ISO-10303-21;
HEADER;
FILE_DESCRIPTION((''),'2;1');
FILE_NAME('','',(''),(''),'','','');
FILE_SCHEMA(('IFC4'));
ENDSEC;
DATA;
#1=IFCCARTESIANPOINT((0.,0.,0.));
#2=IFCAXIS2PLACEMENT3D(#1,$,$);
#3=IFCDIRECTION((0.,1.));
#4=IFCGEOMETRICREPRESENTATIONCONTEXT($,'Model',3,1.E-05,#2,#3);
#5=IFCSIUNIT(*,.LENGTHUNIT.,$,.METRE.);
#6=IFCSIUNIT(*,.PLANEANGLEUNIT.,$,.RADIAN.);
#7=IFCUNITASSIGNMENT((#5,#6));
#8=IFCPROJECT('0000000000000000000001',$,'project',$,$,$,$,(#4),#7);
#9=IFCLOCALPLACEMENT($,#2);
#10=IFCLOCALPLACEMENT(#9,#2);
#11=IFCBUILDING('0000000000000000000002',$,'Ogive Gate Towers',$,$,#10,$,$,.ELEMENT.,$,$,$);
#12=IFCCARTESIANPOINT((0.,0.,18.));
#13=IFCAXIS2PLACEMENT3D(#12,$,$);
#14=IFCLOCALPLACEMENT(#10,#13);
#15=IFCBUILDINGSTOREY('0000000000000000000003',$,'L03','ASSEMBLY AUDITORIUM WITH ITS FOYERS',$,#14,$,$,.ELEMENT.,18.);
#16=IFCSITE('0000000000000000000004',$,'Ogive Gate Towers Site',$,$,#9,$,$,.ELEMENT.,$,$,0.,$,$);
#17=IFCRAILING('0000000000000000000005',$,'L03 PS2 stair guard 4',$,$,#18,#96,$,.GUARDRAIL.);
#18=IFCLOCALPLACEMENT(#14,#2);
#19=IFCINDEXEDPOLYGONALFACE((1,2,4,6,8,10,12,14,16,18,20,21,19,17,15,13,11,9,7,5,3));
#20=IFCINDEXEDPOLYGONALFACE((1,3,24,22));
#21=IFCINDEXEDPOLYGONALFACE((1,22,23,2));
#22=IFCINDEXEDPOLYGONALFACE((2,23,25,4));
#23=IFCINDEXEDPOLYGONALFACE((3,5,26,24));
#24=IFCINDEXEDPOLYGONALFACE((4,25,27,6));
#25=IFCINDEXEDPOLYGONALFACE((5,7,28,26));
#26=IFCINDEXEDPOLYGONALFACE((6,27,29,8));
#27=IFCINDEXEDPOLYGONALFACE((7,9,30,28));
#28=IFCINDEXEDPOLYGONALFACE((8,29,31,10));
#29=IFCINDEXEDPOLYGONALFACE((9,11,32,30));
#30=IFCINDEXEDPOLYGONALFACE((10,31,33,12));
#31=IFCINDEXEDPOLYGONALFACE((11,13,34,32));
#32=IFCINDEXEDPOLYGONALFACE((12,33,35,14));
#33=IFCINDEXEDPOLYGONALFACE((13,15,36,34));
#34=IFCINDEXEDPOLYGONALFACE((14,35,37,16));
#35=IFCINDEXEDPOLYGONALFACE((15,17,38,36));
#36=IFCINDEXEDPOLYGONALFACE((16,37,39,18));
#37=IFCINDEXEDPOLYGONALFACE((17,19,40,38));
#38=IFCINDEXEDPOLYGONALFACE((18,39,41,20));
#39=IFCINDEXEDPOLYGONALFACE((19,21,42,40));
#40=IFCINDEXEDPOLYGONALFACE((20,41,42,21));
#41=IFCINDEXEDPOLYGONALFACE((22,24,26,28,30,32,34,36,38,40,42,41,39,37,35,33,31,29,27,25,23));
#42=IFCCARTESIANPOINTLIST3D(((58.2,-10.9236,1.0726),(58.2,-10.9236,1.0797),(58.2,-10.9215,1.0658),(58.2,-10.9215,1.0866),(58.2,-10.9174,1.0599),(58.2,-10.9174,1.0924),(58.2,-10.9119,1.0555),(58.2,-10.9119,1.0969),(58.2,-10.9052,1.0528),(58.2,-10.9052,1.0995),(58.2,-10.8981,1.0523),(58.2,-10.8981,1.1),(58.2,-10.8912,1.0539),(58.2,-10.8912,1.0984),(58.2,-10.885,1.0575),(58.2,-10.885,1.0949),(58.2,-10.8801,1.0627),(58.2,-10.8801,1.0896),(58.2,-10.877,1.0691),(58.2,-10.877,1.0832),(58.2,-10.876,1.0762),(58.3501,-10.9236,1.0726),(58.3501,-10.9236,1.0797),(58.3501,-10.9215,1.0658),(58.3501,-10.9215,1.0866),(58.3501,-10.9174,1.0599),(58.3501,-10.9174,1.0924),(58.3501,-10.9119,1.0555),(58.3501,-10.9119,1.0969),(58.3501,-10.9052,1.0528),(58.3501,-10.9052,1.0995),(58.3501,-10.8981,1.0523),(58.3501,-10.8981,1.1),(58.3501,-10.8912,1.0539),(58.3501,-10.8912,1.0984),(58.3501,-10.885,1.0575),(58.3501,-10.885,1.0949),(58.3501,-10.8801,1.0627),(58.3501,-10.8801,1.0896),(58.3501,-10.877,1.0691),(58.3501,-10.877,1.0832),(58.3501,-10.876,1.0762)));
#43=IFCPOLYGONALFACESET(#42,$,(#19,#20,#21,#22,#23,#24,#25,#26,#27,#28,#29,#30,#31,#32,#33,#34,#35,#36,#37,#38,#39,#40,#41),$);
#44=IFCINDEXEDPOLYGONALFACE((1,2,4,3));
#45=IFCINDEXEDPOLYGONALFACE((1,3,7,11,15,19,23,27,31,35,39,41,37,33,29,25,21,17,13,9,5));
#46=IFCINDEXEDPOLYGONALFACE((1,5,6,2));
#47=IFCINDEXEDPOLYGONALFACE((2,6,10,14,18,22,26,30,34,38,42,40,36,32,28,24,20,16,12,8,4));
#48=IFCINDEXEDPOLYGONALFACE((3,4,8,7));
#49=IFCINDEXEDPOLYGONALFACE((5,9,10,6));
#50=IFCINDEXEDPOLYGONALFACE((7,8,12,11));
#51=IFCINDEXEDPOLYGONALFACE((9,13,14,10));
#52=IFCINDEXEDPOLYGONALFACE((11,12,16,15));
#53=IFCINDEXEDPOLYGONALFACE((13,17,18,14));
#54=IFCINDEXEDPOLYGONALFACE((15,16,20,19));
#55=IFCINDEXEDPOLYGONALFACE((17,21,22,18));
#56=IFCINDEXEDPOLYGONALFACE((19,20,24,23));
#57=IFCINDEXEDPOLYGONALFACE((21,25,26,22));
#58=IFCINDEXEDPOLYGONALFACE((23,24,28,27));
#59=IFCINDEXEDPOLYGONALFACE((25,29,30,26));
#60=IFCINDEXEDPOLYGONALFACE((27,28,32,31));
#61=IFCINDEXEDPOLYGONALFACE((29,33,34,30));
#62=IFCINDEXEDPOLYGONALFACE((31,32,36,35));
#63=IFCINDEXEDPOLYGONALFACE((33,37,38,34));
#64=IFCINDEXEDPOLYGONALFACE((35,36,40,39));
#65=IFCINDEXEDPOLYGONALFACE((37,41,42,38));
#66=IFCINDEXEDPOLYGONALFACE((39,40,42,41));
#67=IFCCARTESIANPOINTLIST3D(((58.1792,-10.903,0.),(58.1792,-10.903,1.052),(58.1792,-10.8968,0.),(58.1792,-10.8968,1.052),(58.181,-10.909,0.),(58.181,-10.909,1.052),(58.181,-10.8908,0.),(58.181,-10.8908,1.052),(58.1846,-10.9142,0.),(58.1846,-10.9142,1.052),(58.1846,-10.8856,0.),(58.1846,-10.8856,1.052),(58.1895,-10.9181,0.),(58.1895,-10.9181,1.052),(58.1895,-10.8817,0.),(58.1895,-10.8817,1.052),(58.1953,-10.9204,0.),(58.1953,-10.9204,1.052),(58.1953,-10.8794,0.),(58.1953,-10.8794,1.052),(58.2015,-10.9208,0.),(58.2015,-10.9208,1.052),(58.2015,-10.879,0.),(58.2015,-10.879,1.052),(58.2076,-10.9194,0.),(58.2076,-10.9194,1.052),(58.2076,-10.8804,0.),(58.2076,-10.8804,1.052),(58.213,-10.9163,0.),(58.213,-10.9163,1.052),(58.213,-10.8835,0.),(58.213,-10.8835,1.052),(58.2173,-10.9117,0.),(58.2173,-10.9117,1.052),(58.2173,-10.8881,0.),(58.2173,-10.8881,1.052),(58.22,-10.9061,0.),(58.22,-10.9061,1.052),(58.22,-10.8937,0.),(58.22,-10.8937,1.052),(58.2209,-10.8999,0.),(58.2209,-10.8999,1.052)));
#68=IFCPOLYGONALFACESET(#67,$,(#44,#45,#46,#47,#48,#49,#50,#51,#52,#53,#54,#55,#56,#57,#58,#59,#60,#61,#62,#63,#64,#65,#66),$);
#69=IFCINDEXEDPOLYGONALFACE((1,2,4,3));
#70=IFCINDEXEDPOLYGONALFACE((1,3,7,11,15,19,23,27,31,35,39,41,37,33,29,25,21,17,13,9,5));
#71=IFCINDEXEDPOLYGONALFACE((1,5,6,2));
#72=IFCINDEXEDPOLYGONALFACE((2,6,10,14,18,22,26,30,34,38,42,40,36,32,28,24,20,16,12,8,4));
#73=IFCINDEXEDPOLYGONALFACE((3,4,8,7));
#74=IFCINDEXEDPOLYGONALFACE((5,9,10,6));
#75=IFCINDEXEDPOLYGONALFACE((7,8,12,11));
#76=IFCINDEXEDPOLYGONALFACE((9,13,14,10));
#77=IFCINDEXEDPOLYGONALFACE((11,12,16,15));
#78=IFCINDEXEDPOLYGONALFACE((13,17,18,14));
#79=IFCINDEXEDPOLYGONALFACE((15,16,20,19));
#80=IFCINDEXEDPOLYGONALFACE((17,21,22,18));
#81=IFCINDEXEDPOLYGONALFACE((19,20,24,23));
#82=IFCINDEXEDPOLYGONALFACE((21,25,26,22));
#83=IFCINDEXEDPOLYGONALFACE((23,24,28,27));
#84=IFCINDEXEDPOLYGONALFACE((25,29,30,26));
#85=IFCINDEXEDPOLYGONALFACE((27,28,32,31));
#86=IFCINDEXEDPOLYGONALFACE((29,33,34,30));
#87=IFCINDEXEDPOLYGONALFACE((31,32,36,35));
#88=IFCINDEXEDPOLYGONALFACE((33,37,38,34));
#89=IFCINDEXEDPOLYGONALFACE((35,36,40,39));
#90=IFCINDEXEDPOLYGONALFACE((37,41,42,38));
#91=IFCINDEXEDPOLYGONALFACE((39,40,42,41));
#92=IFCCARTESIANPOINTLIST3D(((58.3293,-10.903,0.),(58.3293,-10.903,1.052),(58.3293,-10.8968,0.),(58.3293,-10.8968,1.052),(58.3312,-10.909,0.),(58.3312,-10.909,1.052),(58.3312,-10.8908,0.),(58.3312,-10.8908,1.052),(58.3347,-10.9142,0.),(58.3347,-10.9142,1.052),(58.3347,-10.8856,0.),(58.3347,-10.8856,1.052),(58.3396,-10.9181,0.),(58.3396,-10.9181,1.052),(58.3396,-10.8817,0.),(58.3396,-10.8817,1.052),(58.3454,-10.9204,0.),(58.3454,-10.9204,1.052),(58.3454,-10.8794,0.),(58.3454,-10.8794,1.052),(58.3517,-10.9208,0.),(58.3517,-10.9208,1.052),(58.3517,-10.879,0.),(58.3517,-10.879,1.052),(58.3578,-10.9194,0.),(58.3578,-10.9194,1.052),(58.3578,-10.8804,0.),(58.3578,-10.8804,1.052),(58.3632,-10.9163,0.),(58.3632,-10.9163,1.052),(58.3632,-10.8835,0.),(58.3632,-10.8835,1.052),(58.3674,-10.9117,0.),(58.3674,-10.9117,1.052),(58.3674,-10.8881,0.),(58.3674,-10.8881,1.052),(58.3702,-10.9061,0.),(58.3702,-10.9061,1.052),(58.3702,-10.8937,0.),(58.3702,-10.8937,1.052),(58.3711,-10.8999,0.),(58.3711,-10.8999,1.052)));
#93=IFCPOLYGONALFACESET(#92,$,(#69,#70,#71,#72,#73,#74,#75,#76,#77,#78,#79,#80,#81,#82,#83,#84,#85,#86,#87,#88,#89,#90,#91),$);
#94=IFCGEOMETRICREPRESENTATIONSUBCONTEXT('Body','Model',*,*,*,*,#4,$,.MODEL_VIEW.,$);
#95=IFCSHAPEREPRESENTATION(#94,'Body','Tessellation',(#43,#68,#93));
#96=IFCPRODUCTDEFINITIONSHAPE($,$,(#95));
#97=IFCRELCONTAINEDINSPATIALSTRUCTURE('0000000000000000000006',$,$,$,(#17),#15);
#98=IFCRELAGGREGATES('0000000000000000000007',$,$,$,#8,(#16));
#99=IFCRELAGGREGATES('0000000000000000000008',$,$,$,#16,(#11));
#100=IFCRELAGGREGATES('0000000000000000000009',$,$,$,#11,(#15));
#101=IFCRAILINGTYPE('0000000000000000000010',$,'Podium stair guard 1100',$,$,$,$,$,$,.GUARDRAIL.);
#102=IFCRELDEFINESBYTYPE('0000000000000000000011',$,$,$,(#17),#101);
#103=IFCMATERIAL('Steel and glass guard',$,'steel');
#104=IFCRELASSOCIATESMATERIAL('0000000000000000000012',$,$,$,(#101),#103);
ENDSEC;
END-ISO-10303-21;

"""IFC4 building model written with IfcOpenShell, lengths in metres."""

from ifc_helpers import new_model, si_unit, direction, frame, origin, origin_2d, place, context, subcontext, project, spatial, circle, extrude, material, type_object, element, save


model = new_model("IFC4")

# Units and contexts
model_context = context("Model", 3, precision=1e-05, world=origin(), true_north=direction((0.0, 1.0)))
body_context = subcontext(model_context, "Body", "Model", "MODEL_VIEW")
ifc_project = project(units=[si_unit("LENGTHUNIT", "METRE"), si_unit("PLANEANGLEUNIT", "RADIAN")], contexts=[model_context])

# Site, building, storey
site_placement = place(None, origin())
site = spatial("IfcSite", under=ifc_project, at=site_placement, Name="Ogive Gate Towers Site", CompositionType="ELEMENT", RefElevation=0.0)
building_placement = place(site_placement, origin())
building = spatial("IfcBuilding", under=site, at=building_placement, Name="Ogive Gate Towers", CompositionType="ELEMENT")
storey_placement = place(building_placement, frame((0.0, 0.0, 18.0)))
storey = spatial("IfcBuildingStorey", under=building, at=storey_placement, Name="L03", Description="ASSEMBLY AUDITORIUM WITH ITS FOYERS", CompositionType="ELEMENT", Elevation=18.0)

# Railing
ifc_material_1 = material(Name="Steel and glass guard", Category="steel")
railing_type_1 = type_object("IfcRailingType", Name="Podium stair guard 1100", PredefinedType="GUARDRAIL", material=ifc_material_1)
railing_1_placement = place(storey_placement, frame((58.2, -10.8999, 0.0)))
element("IfcRailing", 1, at=railing_1_placement, inside=storey, type_object=railing_type_1, Name="L03 PS2 stair guard 4", PredefinedType="GUARDRAIL", context=body_context, shape_type="SweptSolid", body=[
    extrude(circle(Radius=0.0239, at=origin_2d()), frame((0.0, 0.0, 1.0762), z_axis=(1.0, 0.0, 0.0), x_axis=(0.0, 1.0, 0.0)), (0.0, 0.0, 1.0), 0.1501),
    extrude(circle(Radius=0.021, at=origin_2d()), origin(), (0.0, 0.0, 1.0), 1.052),
    extrude(circle(Radius=0.021, at=origin_2d()), frame((0.1501, 0.0, 0.0)), (0.0, 0.0, 1.0), 1.052),
])

save(model, "model.ifc")
